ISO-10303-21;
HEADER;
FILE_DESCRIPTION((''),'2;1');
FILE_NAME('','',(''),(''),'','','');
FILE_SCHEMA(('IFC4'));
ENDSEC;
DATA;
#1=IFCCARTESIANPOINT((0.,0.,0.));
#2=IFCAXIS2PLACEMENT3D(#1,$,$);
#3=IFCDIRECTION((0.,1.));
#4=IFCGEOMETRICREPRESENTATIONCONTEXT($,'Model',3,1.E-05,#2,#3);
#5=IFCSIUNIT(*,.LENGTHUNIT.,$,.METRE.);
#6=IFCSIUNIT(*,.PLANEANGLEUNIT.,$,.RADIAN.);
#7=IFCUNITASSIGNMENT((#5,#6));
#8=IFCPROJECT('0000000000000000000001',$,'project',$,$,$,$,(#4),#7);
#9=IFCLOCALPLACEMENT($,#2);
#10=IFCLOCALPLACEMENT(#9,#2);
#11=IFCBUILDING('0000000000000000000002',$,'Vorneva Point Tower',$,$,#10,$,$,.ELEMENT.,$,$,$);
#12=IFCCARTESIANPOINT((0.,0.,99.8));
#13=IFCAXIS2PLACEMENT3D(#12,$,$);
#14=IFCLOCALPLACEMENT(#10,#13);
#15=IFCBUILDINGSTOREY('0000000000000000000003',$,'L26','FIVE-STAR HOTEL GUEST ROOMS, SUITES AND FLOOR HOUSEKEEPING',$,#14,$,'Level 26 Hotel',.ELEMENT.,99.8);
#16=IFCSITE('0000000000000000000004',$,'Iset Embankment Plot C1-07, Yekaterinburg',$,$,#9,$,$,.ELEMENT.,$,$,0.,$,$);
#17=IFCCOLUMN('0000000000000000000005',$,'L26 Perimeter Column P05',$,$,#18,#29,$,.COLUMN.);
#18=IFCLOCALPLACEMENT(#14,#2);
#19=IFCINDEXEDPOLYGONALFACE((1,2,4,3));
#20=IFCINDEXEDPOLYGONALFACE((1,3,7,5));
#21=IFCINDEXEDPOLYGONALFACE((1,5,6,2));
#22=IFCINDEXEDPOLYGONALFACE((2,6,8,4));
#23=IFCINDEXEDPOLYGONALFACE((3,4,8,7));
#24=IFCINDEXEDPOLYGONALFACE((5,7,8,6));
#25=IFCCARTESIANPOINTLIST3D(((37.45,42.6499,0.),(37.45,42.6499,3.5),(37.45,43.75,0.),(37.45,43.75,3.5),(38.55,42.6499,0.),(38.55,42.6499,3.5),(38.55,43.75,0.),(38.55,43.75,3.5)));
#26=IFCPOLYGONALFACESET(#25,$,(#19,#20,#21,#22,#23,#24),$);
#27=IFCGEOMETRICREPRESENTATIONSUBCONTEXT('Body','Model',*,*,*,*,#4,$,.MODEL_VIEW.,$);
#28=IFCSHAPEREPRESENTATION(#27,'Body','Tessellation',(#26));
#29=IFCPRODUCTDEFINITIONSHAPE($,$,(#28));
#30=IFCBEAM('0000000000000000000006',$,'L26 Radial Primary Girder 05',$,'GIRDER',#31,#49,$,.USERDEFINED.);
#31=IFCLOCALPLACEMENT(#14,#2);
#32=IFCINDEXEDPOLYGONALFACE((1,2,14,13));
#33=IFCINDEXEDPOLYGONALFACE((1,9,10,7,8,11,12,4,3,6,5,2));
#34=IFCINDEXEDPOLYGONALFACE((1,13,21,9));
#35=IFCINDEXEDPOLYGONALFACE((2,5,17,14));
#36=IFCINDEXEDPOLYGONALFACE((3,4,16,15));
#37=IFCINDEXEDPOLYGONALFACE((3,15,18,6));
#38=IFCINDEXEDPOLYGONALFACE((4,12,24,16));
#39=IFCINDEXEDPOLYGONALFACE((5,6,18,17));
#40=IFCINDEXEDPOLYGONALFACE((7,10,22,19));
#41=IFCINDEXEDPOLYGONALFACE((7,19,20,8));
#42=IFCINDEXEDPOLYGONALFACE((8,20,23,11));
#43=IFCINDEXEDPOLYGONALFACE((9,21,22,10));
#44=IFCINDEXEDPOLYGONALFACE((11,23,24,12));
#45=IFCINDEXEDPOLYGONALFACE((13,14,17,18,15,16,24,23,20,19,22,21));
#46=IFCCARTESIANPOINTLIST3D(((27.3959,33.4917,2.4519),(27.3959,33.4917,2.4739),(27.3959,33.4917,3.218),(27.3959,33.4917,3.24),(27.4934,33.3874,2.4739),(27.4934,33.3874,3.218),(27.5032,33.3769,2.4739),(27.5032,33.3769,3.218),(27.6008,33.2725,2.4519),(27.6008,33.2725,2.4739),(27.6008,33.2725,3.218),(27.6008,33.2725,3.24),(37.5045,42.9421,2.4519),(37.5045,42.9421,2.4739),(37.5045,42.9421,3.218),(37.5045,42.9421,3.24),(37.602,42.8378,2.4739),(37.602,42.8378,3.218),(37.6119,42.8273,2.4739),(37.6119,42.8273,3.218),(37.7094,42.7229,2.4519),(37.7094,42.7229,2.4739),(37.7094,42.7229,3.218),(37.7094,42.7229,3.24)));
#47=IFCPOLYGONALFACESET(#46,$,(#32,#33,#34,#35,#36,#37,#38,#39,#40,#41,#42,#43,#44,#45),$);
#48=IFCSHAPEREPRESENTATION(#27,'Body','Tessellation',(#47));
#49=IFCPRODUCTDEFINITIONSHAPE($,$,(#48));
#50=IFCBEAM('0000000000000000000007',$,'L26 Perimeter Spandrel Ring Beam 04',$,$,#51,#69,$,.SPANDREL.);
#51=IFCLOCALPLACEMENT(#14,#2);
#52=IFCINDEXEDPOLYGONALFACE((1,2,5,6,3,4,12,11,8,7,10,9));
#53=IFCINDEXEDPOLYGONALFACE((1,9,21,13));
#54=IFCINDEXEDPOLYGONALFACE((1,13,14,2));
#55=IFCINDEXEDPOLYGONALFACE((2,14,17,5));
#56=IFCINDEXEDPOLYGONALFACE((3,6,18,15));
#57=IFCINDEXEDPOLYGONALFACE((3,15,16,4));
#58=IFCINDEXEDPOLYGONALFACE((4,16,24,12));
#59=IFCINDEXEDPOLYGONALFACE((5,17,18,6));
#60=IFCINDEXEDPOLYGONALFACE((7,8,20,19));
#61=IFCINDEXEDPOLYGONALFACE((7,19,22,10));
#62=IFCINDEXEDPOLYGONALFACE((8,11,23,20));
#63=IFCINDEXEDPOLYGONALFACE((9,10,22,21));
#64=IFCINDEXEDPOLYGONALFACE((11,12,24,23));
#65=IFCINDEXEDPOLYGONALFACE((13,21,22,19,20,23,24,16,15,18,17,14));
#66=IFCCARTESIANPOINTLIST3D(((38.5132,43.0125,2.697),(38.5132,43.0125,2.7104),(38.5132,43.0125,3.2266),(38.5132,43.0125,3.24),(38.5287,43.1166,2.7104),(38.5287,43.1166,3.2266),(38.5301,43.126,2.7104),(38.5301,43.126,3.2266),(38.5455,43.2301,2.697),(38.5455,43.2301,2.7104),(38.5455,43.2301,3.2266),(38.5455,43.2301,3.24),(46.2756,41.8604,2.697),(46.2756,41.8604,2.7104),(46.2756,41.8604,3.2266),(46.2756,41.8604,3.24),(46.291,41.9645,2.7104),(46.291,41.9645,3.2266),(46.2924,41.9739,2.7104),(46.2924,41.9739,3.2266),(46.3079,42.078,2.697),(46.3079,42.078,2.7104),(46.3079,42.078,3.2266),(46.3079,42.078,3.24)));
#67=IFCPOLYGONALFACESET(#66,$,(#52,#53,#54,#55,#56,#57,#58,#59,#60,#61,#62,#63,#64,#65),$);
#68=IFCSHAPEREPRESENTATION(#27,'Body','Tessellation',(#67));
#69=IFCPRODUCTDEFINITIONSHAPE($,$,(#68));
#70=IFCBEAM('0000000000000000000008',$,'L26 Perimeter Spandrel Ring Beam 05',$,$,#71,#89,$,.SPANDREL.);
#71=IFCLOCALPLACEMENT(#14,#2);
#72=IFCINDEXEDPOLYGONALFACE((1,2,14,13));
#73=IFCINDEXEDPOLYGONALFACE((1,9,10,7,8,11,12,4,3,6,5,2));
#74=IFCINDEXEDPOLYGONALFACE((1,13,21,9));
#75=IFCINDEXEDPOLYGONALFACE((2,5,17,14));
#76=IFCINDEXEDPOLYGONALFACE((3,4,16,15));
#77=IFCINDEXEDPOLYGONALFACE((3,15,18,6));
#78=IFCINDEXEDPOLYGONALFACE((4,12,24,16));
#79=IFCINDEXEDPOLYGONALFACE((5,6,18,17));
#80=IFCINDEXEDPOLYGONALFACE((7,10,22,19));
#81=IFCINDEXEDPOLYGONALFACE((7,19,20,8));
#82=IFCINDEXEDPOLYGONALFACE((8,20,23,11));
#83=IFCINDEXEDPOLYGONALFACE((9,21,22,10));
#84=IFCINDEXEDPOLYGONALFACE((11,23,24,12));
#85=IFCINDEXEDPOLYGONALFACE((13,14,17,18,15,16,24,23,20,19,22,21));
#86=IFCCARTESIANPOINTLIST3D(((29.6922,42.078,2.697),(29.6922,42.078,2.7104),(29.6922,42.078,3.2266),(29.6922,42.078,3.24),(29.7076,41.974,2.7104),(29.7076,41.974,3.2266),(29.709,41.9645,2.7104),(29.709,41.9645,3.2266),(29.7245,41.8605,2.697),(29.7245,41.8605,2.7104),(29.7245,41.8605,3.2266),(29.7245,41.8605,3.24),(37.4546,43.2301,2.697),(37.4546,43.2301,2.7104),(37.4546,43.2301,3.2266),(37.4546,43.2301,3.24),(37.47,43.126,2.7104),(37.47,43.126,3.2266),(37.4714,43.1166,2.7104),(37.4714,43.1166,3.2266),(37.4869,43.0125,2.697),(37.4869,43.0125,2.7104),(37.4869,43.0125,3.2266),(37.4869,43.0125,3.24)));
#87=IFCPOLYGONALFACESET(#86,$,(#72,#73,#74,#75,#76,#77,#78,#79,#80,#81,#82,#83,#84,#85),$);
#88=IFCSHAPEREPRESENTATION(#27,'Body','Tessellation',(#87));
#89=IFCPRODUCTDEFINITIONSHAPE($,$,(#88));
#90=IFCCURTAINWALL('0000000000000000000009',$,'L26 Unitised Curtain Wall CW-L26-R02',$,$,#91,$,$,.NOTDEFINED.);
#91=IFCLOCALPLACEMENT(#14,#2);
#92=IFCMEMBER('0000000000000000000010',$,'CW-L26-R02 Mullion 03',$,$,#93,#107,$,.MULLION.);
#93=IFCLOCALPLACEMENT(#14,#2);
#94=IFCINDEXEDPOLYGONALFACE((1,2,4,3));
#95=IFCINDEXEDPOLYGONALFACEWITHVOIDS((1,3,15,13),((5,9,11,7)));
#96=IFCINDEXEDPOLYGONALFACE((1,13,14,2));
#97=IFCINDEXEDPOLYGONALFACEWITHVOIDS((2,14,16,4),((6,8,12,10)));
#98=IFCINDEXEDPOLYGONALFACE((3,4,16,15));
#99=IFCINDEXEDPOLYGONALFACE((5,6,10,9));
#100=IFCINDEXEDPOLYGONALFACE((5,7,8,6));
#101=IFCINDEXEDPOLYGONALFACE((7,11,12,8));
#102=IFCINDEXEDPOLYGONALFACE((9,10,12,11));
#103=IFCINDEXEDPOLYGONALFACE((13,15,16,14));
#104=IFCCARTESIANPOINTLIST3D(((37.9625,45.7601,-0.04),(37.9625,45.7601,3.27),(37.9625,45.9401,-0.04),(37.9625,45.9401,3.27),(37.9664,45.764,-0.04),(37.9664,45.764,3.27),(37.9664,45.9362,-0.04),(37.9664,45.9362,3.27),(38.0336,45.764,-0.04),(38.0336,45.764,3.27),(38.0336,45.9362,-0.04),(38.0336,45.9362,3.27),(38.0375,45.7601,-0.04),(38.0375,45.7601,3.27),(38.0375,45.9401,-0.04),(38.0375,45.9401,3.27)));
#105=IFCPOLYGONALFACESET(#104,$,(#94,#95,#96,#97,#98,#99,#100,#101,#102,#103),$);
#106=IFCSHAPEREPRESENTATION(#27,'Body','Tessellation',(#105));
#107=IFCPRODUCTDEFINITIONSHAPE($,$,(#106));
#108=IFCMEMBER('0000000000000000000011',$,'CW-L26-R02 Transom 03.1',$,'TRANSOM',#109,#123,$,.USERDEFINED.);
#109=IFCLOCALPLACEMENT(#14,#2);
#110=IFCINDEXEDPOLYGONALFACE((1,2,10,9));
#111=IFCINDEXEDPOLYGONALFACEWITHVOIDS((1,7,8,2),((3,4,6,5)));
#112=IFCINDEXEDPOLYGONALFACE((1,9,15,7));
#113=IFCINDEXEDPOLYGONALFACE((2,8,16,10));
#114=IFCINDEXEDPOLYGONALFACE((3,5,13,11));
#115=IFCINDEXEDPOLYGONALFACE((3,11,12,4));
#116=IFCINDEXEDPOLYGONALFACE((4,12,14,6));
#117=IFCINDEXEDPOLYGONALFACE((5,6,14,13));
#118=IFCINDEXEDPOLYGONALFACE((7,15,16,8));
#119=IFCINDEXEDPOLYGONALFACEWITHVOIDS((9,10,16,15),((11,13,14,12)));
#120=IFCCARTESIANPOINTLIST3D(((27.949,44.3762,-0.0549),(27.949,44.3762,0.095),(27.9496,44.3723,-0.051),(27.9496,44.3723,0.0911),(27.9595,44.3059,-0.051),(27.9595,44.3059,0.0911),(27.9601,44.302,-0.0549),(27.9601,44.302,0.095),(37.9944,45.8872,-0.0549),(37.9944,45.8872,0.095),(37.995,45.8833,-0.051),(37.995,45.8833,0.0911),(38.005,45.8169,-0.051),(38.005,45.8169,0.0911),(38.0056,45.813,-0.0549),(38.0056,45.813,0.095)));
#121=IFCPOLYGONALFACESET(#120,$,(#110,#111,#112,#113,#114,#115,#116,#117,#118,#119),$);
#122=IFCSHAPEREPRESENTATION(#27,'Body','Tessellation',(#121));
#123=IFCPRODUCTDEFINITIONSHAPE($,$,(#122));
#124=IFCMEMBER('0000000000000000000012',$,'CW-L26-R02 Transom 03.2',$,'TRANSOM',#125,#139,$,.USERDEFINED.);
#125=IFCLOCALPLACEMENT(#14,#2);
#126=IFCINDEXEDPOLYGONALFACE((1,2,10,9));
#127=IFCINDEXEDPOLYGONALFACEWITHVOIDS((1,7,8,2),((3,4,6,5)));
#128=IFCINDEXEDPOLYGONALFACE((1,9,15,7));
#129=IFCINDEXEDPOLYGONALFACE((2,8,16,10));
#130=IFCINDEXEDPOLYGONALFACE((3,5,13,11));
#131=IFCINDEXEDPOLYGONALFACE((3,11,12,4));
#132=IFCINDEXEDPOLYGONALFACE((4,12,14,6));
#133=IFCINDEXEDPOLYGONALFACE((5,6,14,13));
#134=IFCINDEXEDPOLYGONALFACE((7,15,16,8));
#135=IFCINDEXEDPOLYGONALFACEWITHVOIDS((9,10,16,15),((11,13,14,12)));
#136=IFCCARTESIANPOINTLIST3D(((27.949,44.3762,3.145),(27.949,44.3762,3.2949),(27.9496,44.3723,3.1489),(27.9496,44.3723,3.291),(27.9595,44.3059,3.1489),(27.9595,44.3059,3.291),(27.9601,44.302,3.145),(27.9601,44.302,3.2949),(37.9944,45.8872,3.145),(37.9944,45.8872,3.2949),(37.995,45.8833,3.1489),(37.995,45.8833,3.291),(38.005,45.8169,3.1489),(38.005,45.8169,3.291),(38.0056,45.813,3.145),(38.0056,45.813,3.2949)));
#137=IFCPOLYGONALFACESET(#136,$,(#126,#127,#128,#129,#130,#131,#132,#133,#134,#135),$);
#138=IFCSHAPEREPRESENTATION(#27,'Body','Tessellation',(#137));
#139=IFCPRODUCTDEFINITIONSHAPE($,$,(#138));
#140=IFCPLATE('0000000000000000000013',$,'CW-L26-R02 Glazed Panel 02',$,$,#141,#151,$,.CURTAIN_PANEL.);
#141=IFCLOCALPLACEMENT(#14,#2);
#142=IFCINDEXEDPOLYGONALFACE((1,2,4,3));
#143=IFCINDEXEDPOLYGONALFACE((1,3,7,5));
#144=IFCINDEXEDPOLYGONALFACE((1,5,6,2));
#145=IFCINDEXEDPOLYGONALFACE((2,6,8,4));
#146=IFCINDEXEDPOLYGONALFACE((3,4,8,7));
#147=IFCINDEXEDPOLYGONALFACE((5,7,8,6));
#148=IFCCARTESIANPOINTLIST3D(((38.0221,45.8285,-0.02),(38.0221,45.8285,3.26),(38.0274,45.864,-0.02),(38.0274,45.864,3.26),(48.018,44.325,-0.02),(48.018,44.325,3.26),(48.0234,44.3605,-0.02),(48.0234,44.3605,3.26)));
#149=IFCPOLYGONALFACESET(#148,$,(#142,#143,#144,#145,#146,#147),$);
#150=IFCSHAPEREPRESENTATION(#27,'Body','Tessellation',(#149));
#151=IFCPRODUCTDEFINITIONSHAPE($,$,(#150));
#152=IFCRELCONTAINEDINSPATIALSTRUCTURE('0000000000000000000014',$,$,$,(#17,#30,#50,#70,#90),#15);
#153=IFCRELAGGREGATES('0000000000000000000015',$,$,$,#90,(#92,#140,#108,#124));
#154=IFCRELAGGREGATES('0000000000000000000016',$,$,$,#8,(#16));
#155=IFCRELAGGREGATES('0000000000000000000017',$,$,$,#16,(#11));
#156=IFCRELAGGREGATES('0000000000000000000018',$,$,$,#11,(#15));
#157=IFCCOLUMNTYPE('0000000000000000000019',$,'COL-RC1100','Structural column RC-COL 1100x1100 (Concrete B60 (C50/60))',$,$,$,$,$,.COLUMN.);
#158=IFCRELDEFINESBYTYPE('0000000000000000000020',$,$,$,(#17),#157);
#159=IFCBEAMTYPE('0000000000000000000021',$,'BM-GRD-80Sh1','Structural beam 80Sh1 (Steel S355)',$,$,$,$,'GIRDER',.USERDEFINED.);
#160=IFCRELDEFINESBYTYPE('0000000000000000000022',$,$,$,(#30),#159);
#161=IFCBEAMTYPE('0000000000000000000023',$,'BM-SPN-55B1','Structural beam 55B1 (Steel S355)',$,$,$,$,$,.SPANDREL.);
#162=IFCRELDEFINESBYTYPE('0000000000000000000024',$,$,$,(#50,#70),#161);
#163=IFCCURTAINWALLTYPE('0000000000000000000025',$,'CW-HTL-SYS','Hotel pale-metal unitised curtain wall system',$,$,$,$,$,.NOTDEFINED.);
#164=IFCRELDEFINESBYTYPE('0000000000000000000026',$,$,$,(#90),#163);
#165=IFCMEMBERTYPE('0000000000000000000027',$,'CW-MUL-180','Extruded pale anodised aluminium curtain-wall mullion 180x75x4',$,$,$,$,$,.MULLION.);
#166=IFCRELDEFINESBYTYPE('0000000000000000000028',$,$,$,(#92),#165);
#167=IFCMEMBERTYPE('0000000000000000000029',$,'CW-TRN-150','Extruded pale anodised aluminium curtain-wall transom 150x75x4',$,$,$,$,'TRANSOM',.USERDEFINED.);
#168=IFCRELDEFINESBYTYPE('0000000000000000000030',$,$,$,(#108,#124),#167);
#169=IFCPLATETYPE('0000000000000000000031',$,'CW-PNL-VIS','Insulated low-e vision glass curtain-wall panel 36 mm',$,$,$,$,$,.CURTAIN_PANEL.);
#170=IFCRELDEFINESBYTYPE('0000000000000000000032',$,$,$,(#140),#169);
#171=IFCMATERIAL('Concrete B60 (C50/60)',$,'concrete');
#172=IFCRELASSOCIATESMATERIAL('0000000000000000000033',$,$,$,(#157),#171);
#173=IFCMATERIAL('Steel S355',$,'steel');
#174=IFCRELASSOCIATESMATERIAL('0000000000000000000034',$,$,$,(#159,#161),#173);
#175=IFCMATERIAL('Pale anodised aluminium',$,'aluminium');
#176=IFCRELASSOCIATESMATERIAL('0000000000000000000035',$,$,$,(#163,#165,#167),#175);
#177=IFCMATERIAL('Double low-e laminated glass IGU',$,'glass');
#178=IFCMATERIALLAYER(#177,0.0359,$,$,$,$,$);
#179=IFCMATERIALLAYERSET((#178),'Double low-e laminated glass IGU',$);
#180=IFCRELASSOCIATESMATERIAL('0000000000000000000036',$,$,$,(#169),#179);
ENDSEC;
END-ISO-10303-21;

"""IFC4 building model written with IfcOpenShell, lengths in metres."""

from ifc_helpers import new_model, si_unit, direction, frame, origin, origin_2d, place, context, subcontext, project, spatial, rectangle, hollow_rectangle, i_section, extrude, material, layer, layer_set, material_profile, profile_set, type_object, element, aggregate, save


model = new_model("IFC4")

# Units and contexts
model_context = context("Model", 3, precision=1e-05, world=origin(), true_north=direction((0.0, 1.0)))
body_context = subcontext(model_context, "Body", "Model", "MODEL_VIEW")
ifc_project = project(units=[si_unit("LENGTHUNIT", "METRE"), si_unit("PLANEANGLEUNIT", "RADIAN")], contexts=[model_context])

# Site, building, storey
site_placement = place(None, origin())
site = spatial("IfcSite", under=ifc_project, at=site_placement, Name="Iset Embankment Plot C1-07, Yekaterinburg", CompositionType="ELEMENT", RefElevation=0.0)
building_placement = place(site_placement, origin())
building = spatial("IfcBuilding", under=site, at=building_placement, Name="Vorneva Point Tower", CompositionType="ELEMENT")
storey_placement = place(building_placement, frame((0.0, 0.0, 99.8)))
storey = spatial("IfcBuildingStorey", under=building, at=storey_placement, Name="L26", Description="FIVE-STAR HOTEL GUEST ROOMS, SUITES AND FLOOR HOUSEKEEPING", LongName="Level 26 Hotel", CompositionType="ELEMENT", Elevation=99.8)

# Column
ifc_material_1 = material(Name="Concrete B60 (C50/60)", Category="concrete")
ifc_material_profile_1 = material_profile(ifc_material_1, rectangle(XDim=1.1001, YDim=1.1001, at=origin_2d()), Name="RC-COL 1100x1100")
ifc_profile_set_1 = profile_set([ifc_material_profile_1], Name="Concrete B60 (C50/60)")
column_type = type_object("IfcColumnType", Name="COL-RC1100", Description="Structural column RC-COL 1100x1100 (Concrete B60 (C50/60))", PredefinedType="COLUMN", material=ifc_profile_set_1)
column_placement = place(storey_placement, frame((38.0, 43.2, 0.0), z_axis=(0.0, 0.0, 1.0), x_axis=(0.0, 1.0, 0.0)))
element("IfcColumn", 1, at=column_placement, inside=storey, type_object=column_type, Name="L26 Perimeter Column P05", PredefinedType="COLUMN", context=body_context, shape_type="SweptSolid", body=[
    extrude(rectangle(XDim=1.1001, YDim=1.1001, at=origin_2d()), origin(), (0.0, 0.0, 1.0), 3.5),
])

# Beams
ifc_material_2 = material(Name="Steel S355", Category="steel")
ifc_material_profile_2 = material_profile(ifc_material_2, i_section(OverallWidth=0.3, OverallDepth=0.7881, WebThickness=0.0144, FlangeThickness=0.022, at=origin_2d()), Name="80Sh1")
ifc_profile_set_2 = profile_set([ifc_material_profile_2], Name="Steel S355")
beam_type_1 = type_object("IfcBeamType", Name="BM-GRD-80Sh1", Description="Structural beam 80Sh1 (Steel S355)", ElementType="GIRDER", PredefinedType="USERDEFINED", material=ifc_profile_set_2)
beam_placement = place(storey_placement, frame((37.6069, 42.8325, 2.8459), z_axis=(-0.730489, -0.682925, 0.0), x_axis=(0.682925, -0.730489, 0.0)))
element("IfcBeam", 2, at=beam_placement, inside=storey, type_object=beam_type_1, Name="L26 Radial Primary Girder 05", ObjectType="GIRDER", PredefinedType="USERDEFINED", context=body_context, shape_type="SweptSolid", body=[
    extrude(i_section(OverallWidth=0.3, OverallDepth=0.7881, WebThickness=0.0144, FlangeThickness=0.022, at=origin_2d()), origin(), (0.0, 0.0, 1.0), 13.8381),
])
ifc_material_profile_3 = material_profile(ifc_material_2, i_section(OverallWidth=0.22, OverallDepth=0.543, WebThickness=0.0095, FlangeThickness=0.0134, at=origin_2d()), Name="55B1")
ifc_profile_set_3 = profile_set([ifc_material_profile_3], Name="Steel S355")
beam_type_2 = type_object("IfcBeamType", Name="BM-SPN-55B1", Description="Structural beam 55B1 (Steel S355)", PredefinedType="SPANDREL", material=ifc_profile_set_3)
for number, where, z_axis, x_axis, name in (
    (3, (46.2917, 41.9692, 2.9685), (-0.989165, 0.146811, 0.0), (-0.146811, -0.989165, 0.0), "L26 Perimeter Spandrel Ring Beam 04"),
    (4, (37.4707, 43.1213, 2.9685), (-0.989165, -0.146811, 0.0), (0.146811, -0.989165, 0.0), "L26 Perimeter Spandrel Ring Beam 05"),
):
    element("IfcBeam", number, at=place(storey_placement, frame(where, z_axis=z_axis, x_axis=x_axis)), inside=storey, type_object=beam_type_2, Name=name, PredefinedType="SPANDREL", context=body_context, shape_type="SweptSolid", body=[
        extrude(i_section(OverallWidth=0.22, OverallDepth=0.543, WebThickness=0.0095, FlangeThickness=0.0134, at=origin_2d()), origin(), (0.0, 0.0, 1.0), 7.8474),
    ])

# Curtain wall, members, plate
ifc_material_3 = material(Name="Pale anodised aluminium", Category="aluminium")
curtain_wall_type = type_object("IfcCurtainWallType", Name="CW-HTL-SYS", Description="Hotel pale-metal unitised curtain wall system", PredefinedType="NOTDEFINED", material=ifc_material_3)
curtain_wall_placement = place(storey_placement, origin())
curtain_wall = element("IfcCurtainWall", 5, at=curtain_wall_placement, inside=storey, type_object=curtain_wall_type, Name="L26 Unitised Curtain Wall CW-L26-R02", PredefinedType="NOTDEFINED")
ifc_material_profile_4 = material_profile(ifc_material_3, hollow_rectangle(XDim=0.075, YDim=0.1799, WallThickness=0.0039, at=origin_2d()), Name="AL-MUL 180x75x4")
ifc_profile_set_4 = profile_set([ifc_material_profile_4], Name="Pale anodised aluminium")
member_type_1 = type_object("IfcMemberType", Name="CW-MUL-180", Description="Extruded pale anodised aluminium curtain-wall mullion 180x75x4", PredefinedType="MULLION", material=ifc_profile_set_4)
member_1_placement = place(storey_placement, frame((38.0, 45.8501, -0.04), z_axis=(0.0, 0.0, 1.0), x_axis=(1.0, 0.0, 0.0)))
member_1 = element("IfcMember", 6, at=member_1_placement, type_object=member_type_1, Name="CW-L26-R02 Mullion 03", PredefinedType="MULLION", context=body_context, shape_type="SweptSolid", body=[
    extrude(hollow_rectangle(XDim=0.075, YDim=0.1799, WallThickness=0.0039, at=origin_2d()), origin(), (0.0, 0.0, 1.0), 3.3101),
])
ifc_material_profile_5 = material_profile(ifc_material_3, hollow_rectangle(XDim=0.075, YDim=0.1499, WallThickness=0.0039, at=origin_2d()), Name="AL-TRN 150x75x4")
ifc_profile_set_5 = profile_set([ifc_material_profile_5], Name="Pale anodised aluminium")
member_type_2 = type_object("IfcMemberType", Name="CW-TRN-150", Description="Extruded pale anodised aluminium curtain-wall transom 150x75x4", ElementType="TRANSOM", PredefinedType="USERDEFINED", material=ifc_profile_set_5)
member_2_placement = place(storey_placement, frame((38.0, 45.8501, 0.02), z_axis=(-0.988876, -0.148742, 0.0), x_axis=(0.148742, -0.988876, 0.0)))
member_2 = element("IfcMember", 7, at=member_2_placement, type_object=member_type_2, Name="CW-L26-R02 Transom 03.1", ObjectType="TRANSOM", PredefinedType="USERDEFINED", context=body_context, shape_type="SweptSolid", body=[
    extrude(hollow_rectangle(XDim=0.075, YDim=0.1499, WallThickness=0.0039, at=origin_2d()), origin(), (0.0, 0.0, 1.0), 10.1584),
])
member_3_placement = place(storey_placement, frame((38.0, 45.8501, 3.22), z_axis=(-0.988876, -0.148742, 0.0), x_axis=(0.148742, -0.988876, 0.0)))
member_3 = element("IfcMember", 8, at=member_3_placement, type_object=member_type_2, Name="CW-L26-R02 Transom 03.2", ObjectType="TRANSOM", PredefinedType="USERDEFINED", context=body_context, shape_type="SweptSolid", body=[
    extrude(hollow_rectangle(XDim=0.075, YDim=0.1499, WallThickness=0.0039, at=origin_2d()), origin(), (0.0, 0.0, 1.0), 10.1584),
])
ifc_material_4 = material(Name="Double low-e laminated glass IGU", Category="glass")
ifc_layer_1 = layer(ifc_material_4, 0.0359)
ifc_layer_set_1 = layer_set([ifc_layer_1], Name="Double low-e laminated glass IGU")
plate_type = type_object("IfcPlateType", Name="CW-PNL-VIS", Description="Insulated low-e vision glass curtain-wall panel 36 mm", PredefinedType="CURTAIN_PANEL", material=ifc_layer_set_1)
plate_placement = place(storey_placement, frame((43.0227, 45.0945, -0.02), z_axis=(0.0, 0.0, 1.0), x_axis=(-0.988876, 0.148741, 0.0)))
plate = element("IfcPlate", 9, at=plate_placement, type_object=plate_type, Name="CW-L26-R02 Glazed Panel 02", PredefinedType="CURTAIN_PANEL", context=body_context, shape_type="SweptSolid", body=[
    extrude(rectangle(XDim=10.1084, YDim=0.0359, at=origin_2d()), origin(), (0.0, 0.0, 1.0), 3.28),
])
aggregate(curtain_wall, [member_1, plate, member_2, member_3])

save(model, "model.ifc")
